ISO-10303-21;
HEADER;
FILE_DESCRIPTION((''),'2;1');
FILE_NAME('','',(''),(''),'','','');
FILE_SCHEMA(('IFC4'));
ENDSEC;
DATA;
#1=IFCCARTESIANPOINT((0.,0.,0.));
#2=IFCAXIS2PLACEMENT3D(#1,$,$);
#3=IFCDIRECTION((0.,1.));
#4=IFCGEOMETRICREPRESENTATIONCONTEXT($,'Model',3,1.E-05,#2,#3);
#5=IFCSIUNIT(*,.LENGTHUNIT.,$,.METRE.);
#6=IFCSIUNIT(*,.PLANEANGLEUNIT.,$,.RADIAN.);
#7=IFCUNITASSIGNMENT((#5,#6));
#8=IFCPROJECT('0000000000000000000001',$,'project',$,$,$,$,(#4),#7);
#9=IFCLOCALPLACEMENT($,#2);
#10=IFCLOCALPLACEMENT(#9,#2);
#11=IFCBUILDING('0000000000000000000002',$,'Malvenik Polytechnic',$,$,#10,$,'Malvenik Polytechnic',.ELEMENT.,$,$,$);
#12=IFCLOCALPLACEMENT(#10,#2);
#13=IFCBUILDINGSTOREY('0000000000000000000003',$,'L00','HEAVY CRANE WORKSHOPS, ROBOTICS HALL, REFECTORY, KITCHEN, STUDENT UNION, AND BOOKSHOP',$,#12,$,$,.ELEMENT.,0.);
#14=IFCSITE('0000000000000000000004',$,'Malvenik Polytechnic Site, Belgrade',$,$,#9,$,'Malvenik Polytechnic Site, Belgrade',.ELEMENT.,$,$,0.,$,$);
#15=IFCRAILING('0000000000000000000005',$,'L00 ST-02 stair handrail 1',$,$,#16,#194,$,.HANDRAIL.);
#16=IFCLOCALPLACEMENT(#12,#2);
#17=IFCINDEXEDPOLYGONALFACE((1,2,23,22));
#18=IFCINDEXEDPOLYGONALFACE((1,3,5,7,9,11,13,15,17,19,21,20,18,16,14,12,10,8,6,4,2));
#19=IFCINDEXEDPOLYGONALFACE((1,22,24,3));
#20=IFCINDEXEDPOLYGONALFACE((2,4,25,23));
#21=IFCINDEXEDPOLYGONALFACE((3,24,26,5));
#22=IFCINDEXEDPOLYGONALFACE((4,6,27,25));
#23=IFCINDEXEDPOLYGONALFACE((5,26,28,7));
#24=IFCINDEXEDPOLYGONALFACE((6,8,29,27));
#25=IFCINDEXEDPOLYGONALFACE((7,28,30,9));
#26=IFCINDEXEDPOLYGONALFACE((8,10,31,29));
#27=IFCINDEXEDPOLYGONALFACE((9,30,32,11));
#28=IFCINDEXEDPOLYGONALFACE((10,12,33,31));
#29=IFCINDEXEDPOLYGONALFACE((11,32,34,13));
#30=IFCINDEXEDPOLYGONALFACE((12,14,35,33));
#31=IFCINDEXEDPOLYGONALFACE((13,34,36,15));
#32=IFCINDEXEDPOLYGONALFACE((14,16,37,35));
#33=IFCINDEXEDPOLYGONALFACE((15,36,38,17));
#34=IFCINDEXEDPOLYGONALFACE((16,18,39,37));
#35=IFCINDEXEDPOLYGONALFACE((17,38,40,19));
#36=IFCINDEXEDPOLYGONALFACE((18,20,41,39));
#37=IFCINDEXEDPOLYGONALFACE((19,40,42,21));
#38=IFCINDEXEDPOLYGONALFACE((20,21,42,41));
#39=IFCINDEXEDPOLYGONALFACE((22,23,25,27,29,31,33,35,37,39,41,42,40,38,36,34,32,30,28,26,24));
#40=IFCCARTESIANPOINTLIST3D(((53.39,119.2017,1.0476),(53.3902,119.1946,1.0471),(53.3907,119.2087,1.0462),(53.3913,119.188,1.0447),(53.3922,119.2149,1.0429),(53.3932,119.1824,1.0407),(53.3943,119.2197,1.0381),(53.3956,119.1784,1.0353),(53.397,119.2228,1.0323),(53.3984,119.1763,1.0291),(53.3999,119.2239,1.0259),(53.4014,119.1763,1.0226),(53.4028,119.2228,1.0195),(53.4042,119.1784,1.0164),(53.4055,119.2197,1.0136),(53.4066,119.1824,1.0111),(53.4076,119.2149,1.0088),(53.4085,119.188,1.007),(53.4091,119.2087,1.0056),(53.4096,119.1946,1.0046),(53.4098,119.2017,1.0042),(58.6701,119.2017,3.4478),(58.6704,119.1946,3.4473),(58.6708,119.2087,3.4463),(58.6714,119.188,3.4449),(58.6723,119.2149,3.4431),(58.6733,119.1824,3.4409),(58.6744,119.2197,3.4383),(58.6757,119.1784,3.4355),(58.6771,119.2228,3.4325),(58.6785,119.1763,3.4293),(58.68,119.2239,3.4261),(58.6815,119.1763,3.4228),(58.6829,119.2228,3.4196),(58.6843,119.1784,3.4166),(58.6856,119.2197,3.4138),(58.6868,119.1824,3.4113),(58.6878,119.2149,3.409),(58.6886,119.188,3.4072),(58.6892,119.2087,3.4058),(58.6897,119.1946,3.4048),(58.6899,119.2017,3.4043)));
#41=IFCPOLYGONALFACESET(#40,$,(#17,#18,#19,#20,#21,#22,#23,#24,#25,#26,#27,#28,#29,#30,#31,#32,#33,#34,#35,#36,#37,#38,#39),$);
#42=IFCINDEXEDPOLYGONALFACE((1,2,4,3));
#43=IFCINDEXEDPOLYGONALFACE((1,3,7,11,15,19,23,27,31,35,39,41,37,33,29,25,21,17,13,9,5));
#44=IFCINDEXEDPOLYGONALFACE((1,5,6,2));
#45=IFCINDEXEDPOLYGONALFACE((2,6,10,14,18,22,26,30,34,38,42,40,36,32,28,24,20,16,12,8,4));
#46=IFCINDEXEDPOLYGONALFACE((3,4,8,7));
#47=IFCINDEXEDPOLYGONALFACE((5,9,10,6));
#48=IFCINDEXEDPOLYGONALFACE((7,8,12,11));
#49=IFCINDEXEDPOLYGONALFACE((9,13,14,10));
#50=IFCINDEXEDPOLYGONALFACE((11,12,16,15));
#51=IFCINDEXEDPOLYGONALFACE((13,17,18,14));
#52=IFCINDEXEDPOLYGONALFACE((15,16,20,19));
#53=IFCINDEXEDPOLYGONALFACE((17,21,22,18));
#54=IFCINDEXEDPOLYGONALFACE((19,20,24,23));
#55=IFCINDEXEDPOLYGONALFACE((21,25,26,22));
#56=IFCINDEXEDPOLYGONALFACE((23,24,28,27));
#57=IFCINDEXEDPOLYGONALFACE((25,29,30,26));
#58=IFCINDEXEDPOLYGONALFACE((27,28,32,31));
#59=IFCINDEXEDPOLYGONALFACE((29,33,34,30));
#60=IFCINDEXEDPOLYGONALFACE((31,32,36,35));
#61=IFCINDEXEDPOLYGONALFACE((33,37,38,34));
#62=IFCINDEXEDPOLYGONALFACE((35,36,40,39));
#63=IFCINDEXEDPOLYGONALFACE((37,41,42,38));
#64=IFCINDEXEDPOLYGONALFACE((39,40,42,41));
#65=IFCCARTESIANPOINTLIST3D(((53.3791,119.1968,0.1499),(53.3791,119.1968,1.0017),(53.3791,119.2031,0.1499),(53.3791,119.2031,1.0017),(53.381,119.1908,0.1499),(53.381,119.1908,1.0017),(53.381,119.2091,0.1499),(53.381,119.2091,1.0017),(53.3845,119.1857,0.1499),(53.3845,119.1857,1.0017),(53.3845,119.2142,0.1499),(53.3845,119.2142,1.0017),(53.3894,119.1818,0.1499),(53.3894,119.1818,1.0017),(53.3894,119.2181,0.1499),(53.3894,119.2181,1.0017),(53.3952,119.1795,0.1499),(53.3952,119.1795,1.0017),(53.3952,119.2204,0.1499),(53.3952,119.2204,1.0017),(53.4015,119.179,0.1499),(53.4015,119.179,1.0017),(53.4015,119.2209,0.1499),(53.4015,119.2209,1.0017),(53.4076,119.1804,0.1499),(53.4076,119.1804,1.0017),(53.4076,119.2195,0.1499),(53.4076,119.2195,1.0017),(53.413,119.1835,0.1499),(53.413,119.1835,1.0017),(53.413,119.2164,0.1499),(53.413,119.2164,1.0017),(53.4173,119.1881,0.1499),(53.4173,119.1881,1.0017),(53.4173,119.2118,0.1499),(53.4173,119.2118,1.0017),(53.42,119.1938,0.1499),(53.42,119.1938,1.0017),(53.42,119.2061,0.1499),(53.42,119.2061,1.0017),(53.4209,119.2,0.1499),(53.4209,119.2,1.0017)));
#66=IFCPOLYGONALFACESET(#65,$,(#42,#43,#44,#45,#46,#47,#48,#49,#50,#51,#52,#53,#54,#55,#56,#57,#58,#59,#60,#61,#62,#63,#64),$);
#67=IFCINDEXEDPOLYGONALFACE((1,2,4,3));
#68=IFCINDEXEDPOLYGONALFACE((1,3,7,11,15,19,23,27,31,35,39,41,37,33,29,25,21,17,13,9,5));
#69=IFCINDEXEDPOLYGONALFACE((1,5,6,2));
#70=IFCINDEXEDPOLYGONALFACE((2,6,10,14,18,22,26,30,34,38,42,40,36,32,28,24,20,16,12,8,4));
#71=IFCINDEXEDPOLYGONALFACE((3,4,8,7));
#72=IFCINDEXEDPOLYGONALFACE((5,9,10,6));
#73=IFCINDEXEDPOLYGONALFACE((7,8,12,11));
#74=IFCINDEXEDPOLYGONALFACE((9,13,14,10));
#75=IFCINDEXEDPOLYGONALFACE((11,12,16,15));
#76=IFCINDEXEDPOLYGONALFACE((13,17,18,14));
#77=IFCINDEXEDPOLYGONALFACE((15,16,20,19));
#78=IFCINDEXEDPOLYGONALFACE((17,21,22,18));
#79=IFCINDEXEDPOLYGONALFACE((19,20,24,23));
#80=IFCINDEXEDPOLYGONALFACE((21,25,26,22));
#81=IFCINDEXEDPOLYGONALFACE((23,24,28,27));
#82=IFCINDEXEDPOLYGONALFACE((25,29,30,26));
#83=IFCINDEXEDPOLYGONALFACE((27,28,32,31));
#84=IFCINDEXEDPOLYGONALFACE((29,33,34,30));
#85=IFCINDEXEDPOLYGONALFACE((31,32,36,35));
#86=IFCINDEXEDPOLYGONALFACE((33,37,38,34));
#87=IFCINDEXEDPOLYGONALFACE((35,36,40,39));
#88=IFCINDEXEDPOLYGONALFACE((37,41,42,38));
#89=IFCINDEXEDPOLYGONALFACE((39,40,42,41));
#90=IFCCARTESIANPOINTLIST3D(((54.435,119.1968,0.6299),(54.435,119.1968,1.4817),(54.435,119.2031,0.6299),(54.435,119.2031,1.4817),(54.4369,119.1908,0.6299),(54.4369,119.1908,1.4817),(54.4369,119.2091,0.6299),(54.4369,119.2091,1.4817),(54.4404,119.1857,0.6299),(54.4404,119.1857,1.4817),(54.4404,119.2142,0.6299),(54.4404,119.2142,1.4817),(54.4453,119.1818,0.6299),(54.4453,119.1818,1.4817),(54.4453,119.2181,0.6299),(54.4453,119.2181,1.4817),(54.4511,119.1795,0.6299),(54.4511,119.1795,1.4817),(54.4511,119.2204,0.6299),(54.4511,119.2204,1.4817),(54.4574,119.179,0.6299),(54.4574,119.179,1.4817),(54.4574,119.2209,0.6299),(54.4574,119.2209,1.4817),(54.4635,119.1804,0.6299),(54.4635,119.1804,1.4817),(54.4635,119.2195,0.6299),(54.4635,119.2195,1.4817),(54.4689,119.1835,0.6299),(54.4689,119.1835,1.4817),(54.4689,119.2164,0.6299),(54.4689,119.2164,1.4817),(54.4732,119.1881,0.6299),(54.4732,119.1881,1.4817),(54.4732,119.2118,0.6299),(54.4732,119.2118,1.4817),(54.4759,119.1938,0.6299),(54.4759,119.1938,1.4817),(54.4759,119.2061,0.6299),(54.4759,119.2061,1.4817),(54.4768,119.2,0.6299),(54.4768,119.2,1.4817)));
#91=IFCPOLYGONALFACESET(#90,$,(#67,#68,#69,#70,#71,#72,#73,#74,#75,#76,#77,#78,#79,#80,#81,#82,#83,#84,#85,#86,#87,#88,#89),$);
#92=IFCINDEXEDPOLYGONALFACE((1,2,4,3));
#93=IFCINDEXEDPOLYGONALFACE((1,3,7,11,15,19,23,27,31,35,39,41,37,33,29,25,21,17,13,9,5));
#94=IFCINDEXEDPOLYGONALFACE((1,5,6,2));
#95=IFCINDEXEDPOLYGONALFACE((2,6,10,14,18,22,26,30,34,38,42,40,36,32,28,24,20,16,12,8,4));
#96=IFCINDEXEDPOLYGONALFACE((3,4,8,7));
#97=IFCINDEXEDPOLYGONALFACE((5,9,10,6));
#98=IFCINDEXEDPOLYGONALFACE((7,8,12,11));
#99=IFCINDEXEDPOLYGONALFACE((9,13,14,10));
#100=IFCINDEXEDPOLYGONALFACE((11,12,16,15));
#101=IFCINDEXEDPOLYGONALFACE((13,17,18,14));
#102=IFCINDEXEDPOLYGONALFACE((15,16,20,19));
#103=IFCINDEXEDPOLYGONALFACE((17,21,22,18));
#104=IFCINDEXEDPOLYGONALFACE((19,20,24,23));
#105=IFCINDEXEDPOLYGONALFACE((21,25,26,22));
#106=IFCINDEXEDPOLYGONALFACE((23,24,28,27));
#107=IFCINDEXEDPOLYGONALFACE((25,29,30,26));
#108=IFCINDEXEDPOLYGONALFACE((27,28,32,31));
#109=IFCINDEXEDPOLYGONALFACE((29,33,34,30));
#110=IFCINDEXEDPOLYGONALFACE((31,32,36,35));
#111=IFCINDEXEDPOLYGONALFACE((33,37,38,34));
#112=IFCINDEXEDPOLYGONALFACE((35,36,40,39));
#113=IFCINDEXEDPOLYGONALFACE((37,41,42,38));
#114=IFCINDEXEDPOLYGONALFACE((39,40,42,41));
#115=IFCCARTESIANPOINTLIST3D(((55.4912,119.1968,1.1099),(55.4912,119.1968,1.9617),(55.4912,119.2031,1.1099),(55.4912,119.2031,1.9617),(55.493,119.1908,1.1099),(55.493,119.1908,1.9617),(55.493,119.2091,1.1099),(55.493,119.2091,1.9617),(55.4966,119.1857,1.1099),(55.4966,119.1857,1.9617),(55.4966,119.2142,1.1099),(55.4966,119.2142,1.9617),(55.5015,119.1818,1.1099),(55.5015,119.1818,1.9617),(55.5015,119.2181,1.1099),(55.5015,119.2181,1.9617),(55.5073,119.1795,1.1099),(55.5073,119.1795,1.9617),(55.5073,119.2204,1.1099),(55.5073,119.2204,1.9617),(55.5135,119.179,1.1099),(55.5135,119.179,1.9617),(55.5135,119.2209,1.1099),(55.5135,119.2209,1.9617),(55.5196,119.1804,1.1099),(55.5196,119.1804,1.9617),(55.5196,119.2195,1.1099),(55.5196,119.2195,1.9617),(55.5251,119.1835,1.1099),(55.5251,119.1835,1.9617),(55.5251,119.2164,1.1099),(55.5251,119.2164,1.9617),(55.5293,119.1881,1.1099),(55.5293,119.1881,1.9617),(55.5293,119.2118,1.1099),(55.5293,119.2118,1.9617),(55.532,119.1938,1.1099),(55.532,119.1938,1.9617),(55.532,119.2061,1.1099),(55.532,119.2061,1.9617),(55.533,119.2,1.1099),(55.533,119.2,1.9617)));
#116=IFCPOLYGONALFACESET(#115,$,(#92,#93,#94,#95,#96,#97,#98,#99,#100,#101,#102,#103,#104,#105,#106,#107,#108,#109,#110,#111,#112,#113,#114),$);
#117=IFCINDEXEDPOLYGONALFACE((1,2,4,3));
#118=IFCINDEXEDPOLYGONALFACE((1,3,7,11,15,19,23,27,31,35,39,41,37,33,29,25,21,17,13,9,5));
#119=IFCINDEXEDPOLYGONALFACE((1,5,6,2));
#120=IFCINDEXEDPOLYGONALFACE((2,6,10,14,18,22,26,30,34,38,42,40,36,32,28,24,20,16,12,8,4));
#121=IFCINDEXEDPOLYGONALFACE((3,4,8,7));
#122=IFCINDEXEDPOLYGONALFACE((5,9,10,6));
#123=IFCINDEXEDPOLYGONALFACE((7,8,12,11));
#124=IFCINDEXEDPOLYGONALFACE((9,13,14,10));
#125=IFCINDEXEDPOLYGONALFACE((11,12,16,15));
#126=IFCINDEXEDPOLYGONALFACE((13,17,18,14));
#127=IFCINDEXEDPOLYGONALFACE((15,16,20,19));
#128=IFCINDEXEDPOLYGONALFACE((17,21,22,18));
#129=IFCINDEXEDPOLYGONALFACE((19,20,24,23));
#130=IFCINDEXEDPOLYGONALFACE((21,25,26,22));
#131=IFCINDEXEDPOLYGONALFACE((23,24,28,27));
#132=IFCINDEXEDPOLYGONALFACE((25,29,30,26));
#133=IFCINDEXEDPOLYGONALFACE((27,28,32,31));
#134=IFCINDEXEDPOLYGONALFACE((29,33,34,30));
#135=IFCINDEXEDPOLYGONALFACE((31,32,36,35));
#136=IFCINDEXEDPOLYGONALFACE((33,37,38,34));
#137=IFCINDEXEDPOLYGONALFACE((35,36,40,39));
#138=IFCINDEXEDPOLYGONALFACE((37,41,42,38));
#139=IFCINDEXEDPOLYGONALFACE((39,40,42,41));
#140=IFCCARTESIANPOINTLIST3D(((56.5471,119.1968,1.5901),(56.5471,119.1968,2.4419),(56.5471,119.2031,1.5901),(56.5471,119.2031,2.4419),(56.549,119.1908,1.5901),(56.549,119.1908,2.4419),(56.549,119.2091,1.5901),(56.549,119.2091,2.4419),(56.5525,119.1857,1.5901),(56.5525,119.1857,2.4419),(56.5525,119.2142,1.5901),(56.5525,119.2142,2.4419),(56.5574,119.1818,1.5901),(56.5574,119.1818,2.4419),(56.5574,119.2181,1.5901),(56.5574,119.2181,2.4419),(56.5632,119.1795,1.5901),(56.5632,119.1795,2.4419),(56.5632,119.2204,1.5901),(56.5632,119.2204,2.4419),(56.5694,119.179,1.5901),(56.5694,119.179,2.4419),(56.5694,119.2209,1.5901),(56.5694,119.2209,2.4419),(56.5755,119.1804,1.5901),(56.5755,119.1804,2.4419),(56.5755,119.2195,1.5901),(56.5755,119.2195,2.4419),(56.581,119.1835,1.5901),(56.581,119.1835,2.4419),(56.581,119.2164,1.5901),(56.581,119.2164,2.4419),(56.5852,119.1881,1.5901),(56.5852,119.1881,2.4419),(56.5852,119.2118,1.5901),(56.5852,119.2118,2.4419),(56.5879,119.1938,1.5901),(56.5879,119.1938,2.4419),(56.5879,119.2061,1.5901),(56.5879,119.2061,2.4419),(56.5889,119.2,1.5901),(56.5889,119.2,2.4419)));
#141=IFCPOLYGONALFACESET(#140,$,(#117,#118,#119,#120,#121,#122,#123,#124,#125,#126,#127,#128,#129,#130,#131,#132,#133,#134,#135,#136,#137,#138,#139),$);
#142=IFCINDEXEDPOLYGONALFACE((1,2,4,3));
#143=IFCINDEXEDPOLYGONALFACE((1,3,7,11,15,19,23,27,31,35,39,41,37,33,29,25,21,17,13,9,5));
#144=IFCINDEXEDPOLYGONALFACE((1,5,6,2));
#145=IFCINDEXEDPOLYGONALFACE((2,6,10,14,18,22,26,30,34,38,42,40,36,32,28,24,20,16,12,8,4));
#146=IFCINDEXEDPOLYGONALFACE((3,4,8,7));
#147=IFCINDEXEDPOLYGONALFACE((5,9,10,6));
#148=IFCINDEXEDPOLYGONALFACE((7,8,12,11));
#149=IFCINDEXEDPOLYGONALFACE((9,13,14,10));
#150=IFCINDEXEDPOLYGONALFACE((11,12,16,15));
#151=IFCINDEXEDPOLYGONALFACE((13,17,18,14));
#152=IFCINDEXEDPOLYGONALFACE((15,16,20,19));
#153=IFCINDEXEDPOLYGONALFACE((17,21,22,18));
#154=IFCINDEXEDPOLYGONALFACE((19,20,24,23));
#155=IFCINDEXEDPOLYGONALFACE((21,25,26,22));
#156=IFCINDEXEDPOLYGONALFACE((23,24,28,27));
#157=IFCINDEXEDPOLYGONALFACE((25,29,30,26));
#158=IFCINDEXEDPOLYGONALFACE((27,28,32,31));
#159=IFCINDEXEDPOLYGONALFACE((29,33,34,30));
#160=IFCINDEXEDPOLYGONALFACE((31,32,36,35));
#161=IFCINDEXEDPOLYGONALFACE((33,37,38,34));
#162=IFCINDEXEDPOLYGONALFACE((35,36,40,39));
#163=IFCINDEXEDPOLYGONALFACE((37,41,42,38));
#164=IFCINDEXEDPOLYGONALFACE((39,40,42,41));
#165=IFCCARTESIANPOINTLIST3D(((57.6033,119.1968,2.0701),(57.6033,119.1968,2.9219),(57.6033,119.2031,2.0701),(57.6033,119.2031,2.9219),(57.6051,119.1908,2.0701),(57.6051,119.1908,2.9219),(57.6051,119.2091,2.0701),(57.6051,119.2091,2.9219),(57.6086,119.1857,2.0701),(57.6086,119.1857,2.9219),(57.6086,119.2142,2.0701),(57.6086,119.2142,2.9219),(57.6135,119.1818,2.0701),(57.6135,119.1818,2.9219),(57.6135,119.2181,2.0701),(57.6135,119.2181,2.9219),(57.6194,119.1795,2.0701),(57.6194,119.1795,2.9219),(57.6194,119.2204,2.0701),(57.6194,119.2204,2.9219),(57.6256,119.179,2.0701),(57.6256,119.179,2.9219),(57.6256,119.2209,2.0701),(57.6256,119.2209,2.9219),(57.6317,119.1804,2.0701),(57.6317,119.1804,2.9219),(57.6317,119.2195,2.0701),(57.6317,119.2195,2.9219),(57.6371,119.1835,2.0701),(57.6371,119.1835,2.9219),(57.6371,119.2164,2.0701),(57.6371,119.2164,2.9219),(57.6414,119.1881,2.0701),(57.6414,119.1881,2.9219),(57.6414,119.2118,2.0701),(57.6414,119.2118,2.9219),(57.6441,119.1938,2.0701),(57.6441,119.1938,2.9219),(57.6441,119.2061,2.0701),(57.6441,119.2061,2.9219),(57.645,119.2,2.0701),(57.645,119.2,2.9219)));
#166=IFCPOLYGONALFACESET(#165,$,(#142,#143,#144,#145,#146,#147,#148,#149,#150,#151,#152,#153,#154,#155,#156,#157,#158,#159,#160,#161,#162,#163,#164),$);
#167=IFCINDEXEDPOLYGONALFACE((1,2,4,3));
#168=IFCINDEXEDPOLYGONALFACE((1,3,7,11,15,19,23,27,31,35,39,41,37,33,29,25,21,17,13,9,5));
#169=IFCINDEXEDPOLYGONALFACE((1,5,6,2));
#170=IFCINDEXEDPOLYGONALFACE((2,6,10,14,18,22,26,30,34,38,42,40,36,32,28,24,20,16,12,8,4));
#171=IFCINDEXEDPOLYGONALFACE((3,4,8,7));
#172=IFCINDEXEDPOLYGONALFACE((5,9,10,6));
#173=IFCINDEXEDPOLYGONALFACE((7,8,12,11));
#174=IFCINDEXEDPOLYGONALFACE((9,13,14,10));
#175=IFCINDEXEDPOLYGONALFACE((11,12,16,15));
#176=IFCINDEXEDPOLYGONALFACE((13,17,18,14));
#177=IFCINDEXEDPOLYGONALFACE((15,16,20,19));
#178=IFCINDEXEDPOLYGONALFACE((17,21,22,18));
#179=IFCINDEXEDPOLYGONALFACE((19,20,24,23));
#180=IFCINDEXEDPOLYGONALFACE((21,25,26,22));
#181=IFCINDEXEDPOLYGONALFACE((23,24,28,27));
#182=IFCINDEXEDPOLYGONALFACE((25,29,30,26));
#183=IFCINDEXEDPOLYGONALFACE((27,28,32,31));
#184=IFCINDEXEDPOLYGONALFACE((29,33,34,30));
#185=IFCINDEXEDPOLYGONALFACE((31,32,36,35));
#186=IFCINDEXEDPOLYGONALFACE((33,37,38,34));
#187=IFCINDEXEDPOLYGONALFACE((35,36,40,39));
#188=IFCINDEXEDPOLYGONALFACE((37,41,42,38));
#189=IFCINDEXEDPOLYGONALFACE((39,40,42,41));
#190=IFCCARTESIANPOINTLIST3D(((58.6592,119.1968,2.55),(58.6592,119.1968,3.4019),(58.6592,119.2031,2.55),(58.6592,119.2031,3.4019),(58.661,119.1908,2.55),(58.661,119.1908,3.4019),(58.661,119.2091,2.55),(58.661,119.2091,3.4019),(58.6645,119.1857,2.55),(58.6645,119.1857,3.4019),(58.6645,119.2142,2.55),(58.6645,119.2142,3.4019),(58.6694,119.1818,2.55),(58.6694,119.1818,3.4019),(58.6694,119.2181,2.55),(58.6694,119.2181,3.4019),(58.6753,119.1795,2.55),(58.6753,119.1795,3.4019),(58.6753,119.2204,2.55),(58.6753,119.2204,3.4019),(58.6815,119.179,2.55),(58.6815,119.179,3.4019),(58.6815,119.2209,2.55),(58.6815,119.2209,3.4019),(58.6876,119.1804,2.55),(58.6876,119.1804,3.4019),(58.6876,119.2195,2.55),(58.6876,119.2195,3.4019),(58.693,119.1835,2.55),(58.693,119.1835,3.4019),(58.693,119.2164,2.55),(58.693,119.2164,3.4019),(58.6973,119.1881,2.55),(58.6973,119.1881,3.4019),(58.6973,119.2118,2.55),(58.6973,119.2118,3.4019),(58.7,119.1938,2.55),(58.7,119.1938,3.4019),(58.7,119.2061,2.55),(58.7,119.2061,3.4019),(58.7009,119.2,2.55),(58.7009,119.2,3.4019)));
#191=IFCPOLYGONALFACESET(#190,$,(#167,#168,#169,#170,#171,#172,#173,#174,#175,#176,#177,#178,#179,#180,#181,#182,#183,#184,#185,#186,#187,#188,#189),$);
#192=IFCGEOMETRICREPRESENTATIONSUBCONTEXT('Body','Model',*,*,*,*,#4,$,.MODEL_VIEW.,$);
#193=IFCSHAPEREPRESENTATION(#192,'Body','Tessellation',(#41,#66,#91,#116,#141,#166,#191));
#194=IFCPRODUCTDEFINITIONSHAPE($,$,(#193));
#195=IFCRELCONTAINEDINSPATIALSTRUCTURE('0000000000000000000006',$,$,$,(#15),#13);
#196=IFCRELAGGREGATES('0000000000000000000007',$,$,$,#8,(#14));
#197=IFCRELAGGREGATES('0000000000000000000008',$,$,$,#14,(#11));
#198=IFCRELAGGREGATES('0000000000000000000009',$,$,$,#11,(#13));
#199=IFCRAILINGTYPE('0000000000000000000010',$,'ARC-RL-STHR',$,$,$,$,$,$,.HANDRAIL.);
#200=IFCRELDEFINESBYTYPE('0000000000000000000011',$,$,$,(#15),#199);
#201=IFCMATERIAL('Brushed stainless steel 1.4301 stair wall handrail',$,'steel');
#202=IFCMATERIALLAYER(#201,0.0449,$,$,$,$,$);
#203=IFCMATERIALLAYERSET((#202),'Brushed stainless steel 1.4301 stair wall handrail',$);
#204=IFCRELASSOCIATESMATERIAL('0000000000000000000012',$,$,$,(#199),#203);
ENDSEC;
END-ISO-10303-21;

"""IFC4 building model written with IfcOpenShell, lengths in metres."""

from ifc_helpers import new_model, si_unit, direction, frame, origin, origin_2d, place, context, subcontext, project, spatial, circle, extrude, material, layer, layer_set, type_object, element, save


model = new_model("IFC4")

# Units and contexts
model_context = context("Model", 3, precision=1e-05, world=origin(), true_north=direction((0.0, 1.0)))
body_context = subcontext(model_context, "Body", "Model", "MODEL_VIEW")
ifc_project = project(units=[si_unit("LENGTHUNIT", "METRE"), si_unit("PLANEANGLEUNIT", "RADIAN")], contexts=[model_context])

# Site, building, storey
site_placement = place(None, origin())
site = spatial("IfcSite", under=ifc_project, at=site_placement, Name="Malvenik Polytechnic Site, Belgrade", LongName="Malvenik Polytechnic Site, Belgrade", CompositionType="ELEMENT", RefElevation=0.0)
building_placement = place(site_placement, origin())
building = spatial("IfcBuilding", under=site, at=building_placement, Name="Malvenik Polytechnic", LongName="Malvenik Polytechnic", CompositionType="ELEMENT")
storey_placement = place(building_placement, origin())
storey = spatial("IfcBuildingStorey", under=building, at=storey_placement, Name="L00", Description="HEAVY CRANE WORKSHOPS, ROBOTICS HALL, REFECTORY, KITCHEN, STUDENT UNION, AND BOOKSHOP", CompositionType="ELEMENT", Elevation=0.0)

# Railing
ifc_material_1 = material(Name="Brushed stainless steel 1.4301 stair wall handrail", Category="steel")
ifc_layer_1 = layer(ifc_material_1, 0.0449)
ifc_layer_set_1 = layer_set([ifc_layer_1], Name="Brushed stainless steel 1.4301 stair wall handrail")
railing_type_1 = type_object("IfcRailingType", Name="ARC-RL-STHR", PredefinedType="HANDRAIL", material=ifc_layer_set_1)
railing_1_placement = place(storey_placement, frame((53.3999, 119.2, 0.1499)))
element("IfcRailing", 1, at=railing_1_placement, inside=storey, type_object=railing_type_1, Name="L00 ST-02 stair handrail 1", PredefinedType="HANDRAIL", context=body_context, shape_type="SweptSolid", body=[
    extrude(circle(Radius=0.0239, at=origin_2d()), frame((0.0, 0.0, 0.876), z_axis=(0.910358, 0.0, 0.413822), x_axis=(0.0, 1.0, 0.0)), (0.0, 0.0, 1.0), 5.8),
    extrude(circle(Radius=0.021, at=origin_2d()), origin(), (0.0, 0.0, 1.0), 0.8518),
    extrude(circle(Radius=0.021, at=origin_2d()), frame((1.0559, 0.0, 0.48)), (0.0, 0.0, 1.0), 0.8518),
    extrude(circle(Radius=0.021, at=origin_2d()), frame((2.1121, 0.0, 0.96)), (0.0, 0.0, 1.0), 0.8518),
    extrude(circle(Radius=0.021, at=origin_2d()), frame((3.168, 0.0, 1.4402)), (0.0, 0.0, 1.0), 0.8518),
    extrude(circle(Radius=0.021, at=origin_2d()), frame((4.2241, 0.0, 1.9202)), (0.0, 0.0, 1.0), 0.8518),
    extrude(circle(Radius=0.021, at=origin_2d()), frame((5.28, 0.0, 2.4001)), (0.0, 0.0, 1.0), 0.8518),
])

save(model, "model.ifc")
